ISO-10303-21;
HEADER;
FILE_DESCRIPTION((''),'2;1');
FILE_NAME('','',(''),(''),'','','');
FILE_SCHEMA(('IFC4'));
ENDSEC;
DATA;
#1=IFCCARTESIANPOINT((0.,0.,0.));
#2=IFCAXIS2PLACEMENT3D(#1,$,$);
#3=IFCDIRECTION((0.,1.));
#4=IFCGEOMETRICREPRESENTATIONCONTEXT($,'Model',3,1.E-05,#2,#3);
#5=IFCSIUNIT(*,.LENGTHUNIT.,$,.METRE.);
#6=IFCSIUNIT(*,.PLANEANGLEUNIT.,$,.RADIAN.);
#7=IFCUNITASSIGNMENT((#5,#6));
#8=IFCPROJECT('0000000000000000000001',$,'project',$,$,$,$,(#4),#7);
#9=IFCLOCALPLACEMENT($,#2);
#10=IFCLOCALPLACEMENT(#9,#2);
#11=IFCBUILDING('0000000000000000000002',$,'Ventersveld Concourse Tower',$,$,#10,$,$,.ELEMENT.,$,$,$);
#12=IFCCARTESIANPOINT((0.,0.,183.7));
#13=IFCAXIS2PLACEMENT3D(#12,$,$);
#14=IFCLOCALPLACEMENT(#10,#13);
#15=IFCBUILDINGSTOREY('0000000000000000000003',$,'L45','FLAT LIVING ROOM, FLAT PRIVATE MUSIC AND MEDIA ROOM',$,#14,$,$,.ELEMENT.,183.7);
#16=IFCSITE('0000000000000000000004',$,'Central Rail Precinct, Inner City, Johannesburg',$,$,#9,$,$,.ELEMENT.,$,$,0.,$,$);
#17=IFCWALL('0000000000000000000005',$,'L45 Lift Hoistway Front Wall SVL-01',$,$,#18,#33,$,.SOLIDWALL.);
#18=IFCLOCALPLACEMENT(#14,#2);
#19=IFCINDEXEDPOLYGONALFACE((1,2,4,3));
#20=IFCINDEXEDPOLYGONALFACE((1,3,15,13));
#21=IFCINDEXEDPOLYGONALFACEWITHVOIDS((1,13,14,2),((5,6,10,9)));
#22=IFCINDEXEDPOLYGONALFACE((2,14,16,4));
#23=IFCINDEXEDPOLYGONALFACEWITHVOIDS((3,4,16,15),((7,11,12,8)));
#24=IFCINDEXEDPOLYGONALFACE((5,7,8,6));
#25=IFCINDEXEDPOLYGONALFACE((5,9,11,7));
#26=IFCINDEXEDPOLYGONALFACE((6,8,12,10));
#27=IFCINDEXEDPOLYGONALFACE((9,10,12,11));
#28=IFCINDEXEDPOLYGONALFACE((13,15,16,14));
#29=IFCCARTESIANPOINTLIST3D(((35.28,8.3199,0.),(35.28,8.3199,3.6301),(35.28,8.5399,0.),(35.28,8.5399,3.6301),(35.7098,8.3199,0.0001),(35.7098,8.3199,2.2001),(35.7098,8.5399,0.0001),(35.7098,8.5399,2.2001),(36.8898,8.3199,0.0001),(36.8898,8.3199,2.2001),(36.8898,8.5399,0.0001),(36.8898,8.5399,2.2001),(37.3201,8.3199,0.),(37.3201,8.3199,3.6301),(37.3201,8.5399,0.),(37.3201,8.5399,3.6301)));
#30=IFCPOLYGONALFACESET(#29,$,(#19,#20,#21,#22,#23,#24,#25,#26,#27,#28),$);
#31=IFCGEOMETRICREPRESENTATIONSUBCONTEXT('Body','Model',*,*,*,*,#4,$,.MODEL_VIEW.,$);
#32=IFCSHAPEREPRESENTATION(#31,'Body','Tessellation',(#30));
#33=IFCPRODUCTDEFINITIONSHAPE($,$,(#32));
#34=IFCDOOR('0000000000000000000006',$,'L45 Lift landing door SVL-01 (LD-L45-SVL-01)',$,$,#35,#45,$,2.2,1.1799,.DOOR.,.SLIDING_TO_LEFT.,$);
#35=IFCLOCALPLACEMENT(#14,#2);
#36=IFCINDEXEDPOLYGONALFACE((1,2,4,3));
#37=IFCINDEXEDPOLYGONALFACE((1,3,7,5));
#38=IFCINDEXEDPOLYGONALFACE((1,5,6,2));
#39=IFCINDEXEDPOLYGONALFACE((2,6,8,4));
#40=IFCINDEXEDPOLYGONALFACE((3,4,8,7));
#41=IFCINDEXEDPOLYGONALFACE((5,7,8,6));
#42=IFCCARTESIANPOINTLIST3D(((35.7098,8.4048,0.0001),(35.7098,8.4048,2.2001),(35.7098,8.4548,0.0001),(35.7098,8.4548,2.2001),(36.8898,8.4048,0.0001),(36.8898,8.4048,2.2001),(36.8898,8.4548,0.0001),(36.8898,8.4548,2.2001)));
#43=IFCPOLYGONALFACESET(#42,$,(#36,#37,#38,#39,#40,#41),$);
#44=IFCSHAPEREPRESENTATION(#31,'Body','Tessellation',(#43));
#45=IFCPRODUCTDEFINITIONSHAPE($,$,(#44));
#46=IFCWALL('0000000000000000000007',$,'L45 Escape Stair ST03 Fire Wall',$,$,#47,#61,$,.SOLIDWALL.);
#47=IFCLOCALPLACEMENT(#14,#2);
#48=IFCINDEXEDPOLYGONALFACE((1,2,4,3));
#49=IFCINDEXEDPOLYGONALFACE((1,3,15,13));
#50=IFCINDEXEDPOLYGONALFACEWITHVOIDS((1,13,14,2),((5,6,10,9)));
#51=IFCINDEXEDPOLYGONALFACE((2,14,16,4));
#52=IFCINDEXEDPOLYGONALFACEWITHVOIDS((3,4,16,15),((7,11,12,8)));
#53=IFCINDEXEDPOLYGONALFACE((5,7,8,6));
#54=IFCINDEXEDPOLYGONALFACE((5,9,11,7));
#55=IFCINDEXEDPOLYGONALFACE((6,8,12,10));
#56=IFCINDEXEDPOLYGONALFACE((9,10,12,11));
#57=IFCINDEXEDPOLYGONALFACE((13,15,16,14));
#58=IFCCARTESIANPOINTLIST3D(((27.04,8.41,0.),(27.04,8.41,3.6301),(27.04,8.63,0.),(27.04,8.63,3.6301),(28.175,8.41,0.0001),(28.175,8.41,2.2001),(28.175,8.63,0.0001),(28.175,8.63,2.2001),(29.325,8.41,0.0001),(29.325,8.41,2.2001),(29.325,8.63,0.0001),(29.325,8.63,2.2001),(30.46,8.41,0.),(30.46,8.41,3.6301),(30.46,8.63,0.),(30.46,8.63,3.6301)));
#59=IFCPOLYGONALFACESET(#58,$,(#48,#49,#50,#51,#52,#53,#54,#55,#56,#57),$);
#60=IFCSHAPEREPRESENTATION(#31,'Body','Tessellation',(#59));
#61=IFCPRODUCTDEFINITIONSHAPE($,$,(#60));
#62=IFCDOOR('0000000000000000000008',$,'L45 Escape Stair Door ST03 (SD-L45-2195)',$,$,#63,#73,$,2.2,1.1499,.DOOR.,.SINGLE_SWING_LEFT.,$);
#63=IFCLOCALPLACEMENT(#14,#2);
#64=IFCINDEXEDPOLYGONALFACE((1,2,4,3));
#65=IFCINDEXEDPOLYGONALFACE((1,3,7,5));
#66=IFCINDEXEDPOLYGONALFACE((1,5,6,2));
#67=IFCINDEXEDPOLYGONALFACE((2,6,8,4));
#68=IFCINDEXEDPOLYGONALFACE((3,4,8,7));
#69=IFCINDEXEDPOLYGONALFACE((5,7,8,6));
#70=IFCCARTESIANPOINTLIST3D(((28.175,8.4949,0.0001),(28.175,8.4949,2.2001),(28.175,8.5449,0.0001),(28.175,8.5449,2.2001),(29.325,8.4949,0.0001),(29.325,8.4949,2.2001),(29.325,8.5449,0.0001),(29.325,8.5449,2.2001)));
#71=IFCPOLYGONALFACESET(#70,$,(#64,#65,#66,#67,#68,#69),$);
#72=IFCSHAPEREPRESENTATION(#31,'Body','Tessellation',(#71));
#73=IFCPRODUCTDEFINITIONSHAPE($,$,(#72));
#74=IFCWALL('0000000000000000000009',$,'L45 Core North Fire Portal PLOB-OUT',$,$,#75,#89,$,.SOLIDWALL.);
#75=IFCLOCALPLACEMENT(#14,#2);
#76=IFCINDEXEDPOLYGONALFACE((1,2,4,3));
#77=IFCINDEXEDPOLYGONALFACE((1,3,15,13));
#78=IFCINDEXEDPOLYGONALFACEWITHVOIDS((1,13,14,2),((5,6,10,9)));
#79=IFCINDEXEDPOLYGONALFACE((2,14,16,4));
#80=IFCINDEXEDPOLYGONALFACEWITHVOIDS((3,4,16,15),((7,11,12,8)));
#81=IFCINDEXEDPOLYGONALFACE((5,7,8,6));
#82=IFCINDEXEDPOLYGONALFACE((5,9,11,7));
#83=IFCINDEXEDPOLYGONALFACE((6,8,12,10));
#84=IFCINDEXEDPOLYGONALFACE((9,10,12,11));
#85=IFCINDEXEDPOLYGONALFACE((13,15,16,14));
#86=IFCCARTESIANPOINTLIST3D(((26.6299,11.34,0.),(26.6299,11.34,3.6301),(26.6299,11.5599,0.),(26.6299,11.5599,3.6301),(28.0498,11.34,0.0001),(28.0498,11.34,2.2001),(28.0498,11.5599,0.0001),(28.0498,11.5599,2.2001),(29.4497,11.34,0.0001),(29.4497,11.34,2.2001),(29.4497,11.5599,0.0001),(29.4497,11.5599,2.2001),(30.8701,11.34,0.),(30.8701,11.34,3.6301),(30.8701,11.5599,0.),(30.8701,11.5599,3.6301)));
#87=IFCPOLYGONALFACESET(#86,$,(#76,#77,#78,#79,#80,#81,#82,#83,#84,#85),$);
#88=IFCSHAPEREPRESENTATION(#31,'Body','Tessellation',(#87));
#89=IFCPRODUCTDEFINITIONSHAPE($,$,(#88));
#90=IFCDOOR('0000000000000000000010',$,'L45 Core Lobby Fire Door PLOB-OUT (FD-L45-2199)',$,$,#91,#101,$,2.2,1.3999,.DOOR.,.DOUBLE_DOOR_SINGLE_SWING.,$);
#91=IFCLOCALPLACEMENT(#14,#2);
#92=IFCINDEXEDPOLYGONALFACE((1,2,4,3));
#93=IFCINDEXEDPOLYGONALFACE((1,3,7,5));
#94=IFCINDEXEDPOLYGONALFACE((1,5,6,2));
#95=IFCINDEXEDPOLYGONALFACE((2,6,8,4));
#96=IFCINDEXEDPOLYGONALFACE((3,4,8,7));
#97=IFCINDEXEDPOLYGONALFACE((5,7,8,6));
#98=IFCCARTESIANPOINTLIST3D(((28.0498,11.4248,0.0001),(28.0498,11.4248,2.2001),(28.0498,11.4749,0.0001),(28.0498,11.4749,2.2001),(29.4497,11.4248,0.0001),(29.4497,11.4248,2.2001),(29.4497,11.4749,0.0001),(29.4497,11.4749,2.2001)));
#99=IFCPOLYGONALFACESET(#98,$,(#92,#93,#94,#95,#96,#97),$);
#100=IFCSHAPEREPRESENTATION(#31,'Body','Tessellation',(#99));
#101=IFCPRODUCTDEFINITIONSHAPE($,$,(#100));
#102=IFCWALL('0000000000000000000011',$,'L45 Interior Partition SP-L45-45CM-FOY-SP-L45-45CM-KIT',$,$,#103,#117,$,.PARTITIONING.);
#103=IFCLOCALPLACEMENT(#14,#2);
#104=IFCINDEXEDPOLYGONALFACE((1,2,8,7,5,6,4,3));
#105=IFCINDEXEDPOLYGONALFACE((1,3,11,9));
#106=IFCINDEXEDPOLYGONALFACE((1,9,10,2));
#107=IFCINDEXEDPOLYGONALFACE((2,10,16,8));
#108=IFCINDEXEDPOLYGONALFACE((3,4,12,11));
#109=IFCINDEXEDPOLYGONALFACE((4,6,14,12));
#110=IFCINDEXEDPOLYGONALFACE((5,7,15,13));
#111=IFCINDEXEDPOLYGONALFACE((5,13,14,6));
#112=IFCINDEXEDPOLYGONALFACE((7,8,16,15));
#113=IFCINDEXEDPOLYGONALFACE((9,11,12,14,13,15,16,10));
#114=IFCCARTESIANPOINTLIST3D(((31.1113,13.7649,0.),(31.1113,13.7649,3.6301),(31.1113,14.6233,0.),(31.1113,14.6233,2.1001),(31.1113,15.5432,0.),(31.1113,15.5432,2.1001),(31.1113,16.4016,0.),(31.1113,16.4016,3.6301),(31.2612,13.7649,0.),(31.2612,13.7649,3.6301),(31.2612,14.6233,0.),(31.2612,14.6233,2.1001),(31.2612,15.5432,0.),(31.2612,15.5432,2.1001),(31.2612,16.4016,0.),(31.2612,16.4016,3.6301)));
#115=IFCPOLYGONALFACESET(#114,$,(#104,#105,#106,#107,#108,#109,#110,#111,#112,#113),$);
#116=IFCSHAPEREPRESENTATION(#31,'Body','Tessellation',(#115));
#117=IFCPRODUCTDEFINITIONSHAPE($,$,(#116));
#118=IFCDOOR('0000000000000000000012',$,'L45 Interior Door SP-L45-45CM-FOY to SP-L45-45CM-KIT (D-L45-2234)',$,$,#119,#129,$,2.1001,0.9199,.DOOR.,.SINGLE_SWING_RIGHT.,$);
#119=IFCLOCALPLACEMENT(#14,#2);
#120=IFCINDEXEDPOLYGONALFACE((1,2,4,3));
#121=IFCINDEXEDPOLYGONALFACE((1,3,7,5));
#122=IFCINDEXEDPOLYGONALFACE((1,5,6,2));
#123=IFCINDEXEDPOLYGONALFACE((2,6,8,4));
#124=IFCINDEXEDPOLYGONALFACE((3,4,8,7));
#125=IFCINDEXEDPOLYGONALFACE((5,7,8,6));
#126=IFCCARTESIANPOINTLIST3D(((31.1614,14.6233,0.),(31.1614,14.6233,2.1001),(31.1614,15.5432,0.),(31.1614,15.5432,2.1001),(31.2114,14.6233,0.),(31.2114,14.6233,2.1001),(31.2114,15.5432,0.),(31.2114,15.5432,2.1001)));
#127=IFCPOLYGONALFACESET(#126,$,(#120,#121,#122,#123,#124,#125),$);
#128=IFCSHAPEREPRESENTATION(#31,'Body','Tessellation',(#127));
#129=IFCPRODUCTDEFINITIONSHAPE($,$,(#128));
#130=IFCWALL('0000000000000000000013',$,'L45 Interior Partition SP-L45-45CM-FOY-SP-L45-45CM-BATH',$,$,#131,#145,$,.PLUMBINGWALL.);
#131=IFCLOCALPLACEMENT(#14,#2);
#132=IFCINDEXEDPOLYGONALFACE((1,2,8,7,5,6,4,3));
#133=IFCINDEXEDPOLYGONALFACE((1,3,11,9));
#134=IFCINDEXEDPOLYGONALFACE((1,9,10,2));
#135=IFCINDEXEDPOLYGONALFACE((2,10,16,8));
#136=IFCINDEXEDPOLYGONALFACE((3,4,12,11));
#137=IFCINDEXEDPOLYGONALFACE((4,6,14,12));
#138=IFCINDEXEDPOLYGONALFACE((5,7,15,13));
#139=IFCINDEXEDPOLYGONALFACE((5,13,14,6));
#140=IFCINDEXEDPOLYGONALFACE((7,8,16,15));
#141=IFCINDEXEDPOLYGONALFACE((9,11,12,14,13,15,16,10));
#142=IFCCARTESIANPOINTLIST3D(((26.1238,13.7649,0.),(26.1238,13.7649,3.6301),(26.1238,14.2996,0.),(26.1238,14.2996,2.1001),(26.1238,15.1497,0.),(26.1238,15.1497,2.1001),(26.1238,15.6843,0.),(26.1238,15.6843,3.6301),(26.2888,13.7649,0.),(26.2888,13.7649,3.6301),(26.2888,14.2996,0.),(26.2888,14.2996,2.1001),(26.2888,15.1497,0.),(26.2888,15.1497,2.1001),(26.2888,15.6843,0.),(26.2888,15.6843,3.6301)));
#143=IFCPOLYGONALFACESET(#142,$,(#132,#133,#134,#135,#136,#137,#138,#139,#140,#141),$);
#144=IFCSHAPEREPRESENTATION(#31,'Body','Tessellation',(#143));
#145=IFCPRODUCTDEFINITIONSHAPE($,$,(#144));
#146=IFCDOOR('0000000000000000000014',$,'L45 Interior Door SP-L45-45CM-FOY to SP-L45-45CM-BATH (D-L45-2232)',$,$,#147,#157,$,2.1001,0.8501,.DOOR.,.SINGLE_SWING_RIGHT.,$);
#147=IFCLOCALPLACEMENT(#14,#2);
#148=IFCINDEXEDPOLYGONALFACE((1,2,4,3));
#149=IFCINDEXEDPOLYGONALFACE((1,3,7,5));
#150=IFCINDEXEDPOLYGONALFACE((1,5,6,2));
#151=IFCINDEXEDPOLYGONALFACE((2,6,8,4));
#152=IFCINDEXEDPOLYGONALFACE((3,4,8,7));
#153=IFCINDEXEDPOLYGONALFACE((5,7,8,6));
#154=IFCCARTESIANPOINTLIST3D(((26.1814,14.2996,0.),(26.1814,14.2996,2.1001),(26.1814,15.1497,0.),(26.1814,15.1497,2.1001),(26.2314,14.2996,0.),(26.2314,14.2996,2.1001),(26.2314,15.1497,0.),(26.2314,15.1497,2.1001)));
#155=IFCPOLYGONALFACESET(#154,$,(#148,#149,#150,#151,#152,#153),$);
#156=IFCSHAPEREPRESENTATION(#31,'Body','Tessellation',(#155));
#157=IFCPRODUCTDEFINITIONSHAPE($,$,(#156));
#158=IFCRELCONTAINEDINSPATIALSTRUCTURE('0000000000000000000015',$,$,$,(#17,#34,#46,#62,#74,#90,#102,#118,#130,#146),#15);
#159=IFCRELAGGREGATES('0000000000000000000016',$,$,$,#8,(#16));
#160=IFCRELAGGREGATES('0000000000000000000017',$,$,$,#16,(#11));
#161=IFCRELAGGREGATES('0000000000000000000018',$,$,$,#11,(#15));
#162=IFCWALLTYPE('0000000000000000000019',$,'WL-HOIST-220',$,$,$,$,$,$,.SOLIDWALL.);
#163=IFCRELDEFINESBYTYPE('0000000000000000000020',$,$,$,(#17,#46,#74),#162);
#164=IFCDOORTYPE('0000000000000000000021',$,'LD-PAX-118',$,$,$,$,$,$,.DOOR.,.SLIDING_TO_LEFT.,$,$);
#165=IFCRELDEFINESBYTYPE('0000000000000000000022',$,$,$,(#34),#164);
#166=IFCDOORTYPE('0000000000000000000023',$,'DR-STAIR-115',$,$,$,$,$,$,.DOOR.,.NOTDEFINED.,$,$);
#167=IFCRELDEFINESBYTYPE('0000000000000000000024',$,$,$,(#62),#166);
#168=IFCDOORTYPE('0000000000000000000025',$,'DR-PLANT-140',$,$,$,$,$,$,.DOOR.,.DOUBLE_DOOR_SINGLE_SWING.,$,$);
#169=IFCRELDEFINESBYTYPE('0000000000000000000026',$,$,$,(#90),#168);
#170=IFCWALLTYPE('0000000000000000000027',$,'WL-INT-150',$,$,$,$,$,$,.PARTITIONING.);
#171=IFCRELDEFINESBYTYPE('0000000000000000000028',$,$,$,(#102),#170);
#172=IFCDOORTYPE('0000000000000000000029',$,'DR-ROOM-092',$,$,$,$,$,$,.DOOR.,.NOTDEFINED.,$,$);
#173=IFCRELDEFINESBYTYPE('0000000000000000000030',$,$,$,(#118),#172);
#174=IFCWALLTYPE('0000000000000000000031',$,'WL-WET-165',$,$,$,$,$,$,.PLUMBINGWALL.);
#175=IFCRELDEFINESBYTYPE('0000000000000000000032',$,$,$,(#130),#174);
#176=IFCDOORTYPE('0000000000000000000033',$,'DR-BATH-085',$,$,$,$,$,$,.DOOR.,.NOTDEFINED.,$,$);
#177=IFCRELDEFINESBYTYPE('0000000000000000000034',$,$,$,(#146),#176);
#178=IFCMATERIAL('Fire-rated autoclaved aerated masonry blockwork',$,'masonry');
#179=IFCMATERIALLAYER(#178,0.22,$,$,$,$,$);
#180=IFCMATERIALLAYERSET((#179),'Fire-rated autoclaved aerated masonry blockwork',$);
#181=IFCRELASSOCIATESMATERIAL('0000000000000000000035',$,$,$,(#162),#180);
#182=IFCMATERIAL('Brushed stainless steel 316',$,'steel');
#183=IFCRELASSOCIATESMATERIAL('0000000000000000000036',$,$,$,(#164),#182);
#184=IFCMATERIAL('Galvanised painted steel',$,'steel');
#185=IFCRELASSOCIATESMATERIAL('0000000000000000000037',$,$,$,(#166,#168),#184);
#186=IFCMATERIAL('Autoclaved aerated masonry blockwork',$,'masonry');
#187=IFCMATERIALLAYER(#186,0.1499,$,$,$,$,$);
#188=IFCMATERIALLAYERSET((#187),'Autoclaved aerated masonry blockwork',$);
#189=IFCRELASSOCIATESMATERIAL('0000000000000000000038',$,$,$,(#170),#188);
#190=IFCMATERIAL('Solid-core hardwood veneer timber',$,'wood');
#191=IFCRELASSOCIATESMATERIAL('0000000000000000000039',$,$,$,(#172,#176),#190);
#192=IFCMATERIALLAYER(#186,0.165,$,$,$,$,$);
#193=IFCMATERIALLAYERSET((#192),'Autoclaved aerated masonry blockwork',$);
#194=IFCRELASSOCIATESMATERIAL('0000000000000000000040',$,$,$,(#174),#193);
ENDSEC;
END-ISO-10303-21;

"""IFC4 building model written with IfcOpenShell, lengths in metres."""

from ifc_helpers import new_model, si_unit, direction, frame, frame_2d, origin, place, context, subcontext, project, spatial, rectangle, extrude, material, layer, layer_set, type_object, element, fill, save


model = new_model("IFC4")

# Units and contexts
model_context = context("Model", 3, precision=1e-05, world=origin(), true_north=direction((0.0, 1.0)))
body_context = subcontext(model_context, "Body", "Model", "MODEL_VIEW")
ifc_project = project(units=[si_unit("LENGTHUNIT", "METRE"), si_unit("PLANEANGLEUNIT", "RADIAN")], contexts=[model_context])

# Site, building, storey
site_placement = place(None, origin())
site = spatial("IfcSite", under=ifc_project, at=site_placement, Name="Central Rail Precinct, Inner City, Johannesburg", CompositionType="ELEMENT", RefElevation=0.0)
building_placement = place(site_placement, origin())
building = spatial("IfcBuilding", under=site, at=building_placement, Name="Ventersveld Concourse Tower", CompositionType="ELEMENT")
storey_placement = place(building_placement, frame((0.0, 0.0, 183.7)))
storey = spatial("IfcBuildingStorey", under=building, at=storey_placement, Name="L45", Description="FLAT LIVING ROOM, FLAT PRIVATE MUSIC AND MEDIA ROOM", CompositionType="ELEMENT", Elevation=183.7)

# Shared definitions
ifc_material_1 = material(Name="Fire-rated autoclaved aerated masonry blockwork", Category="masonry")
ifc_layer_1 = layer(ifc_material_1, 0.22)
ifc_layer_set_1 = layer_set([ifc_layer_1], Name="Fire-rated autoclaved aerated masonry blockwork")
wall_type_1 = type_object("IfcWallType", Name="WL-HOIST-220", PredefinedType="SOLIDWALL", material=ifc_layer_set_1)

# Walls, openings, doors
wall_1_placement = place(storey_placement, frame((35.28, 8.4299, 0.0), z_axis=(0.0, 0.0, 1.0), x_axis=(1.0, 0.0, 0.0)))
wall_1 = element("IfcWall", 1, at=wall_1_placement, inside=storey, type_object=wall_type_1, Name="L45 Lift Hoistway Front Wall SVL-01", PredefinedType="SOLIDWALL", context=body_context, shape_type="SweptSolid", body=[
    extrude(rectangle(XDim=2.04, YDim=0.22, at=frame_2d((1.02, 0.0))), origin(), (0.0, 0.0, 1.0), 3.6301),
])
opening_1_placement = place(wall_1_placement, frame((0.4299, 0.0, 0.0)))
opening_1 = element("IfcOpeningElement", 2, at=opening_1_placement, cuts=wall_1, PredefinedType="OPENING", context=body_context, shape_type="SweptSolid", body=[
    extrude(rectangle(XDim=1.1799, YDim=2.2, at=frame_2d((0.5898, 1.1001))), frame((0.0, 0.1201, 0.0), z_axis=(0.0, -1.0, 0.0), x_axis=(1.0, 0.0, 0.0)), (0.0, 0.0, 1.0), 0.24),
])
ifc_material_2 = material(Name="Brushed stainless steel 316", Category="steel")
door_type_1 = type_object("IfcDoorType", Name="LD-PAX-118", OperationType="SLIDING_TO_LEFT", PredefinedType="DOOR", material=ifc_material_2)
door_1_placement = place(opening_1_placement, origin())
door_1 = element("IfcDoor", 3, at=door_1_placement, inside=storey, type_object=door_type_1, Name="L45 Lift landing door SVL-01 (LD-L45-SVL-01)", OperationType="SLIDING_TO_LEFT", OverallHeight=2.2, OverallWidth=1.1799, PredefinedType="DOOR", context=body_context, shape_type="SweptSolid", body=[
    extrude(rectangle(XDim=1.1799, YDim=2.2, at=frame_2d((0.5898, 1.1001))), frame((0.0, 0.0249, 0.0), z_axis=(0.0, -1.0, 0.0), x_axis=(1.0, 0.0, 0.0)), (0.0, 0.0, 1.0), 0.05),
])
fill(opening_1, door_1)
wall_2_placement = place(storey_placement, frame((27.04, 8.52, 0.0), z_axis=(0.0, 0.0, 1.0), x_axis=(1.0, 0.0, 0.0)))
wall_2 = element("IfcWall", 4, at=wall_2_placement, inside=storey, type_object=wall_type_1, Name="L45 Escape Stair ST03 Fire Wall", PredefinedType="SOLIDWALL", context=body_context, shape_type="SweptSolid", body=[
    extrude(rectangle(XDim=3.4199, YDim=0.22, at=frame_2d((1.71, 0.0))), origin(), (0.0, 0.0, 1.0), 3.6301),
])
opening_2_placement = place(wall_2_placement, frame((1.135, 0.0, 0.0)))
opening_2 = element("IfcOpeningElement", 5, at=opening_2_placement, cuts=wall_2, PredefinedType="OPENING", context=body_context, shape_type="SweptSolid", body=[
    extrude(rectangle(XDim=1.1499, YDim=2.2, at=frame_2d((0.575, 1.1001))), frame((0.0, 0.1201, 0.0), z_axis=(0.0, -1.0, 0.0), x_axis=(1.0, 0.0, 0.0)), (0.0, 0.0, 1.0), 0.24),
])
ifc_material_3 = material(Name="Galvanised painted steel", Category="steel")
door_type_2 = type_object("IfcDoorType", Name="DR-STAIR-115", OperationType="NOTDEFINED", PredefinedType="DOOR", material=ifc_material_3)
door_2_placement = place(opening_2_placement, origin())
door_2 = element("IfcDoor", 6, at=door_2_placement, inside=storey, type_object=door_type_2, Name="L45 Escape Stair Door ST03 (SD-L45-2195)", OperationType="SINGLE_SWING_LEFT", OverallHeight=2.2, OverallWidth=1.1499, PredefinedType="DOOR", context=body_context, shape_type="SweptSolid", body=[
    extrude(rectangle(XDim=1.1499, YDim=2.2, at=frame_2d((0.575, 1.1001))), frame((0.0, 0.0249, 0.0), z_axis=(0.0, -1.0, 0.0), x_axis=(1.0, 0.0, 0.0)), (0.0, 0.0, 1.0), 0.05),
])
fill(opening_2, door_2)
wall_3_placement = place(storey_placement, frame((26.6299, 11.45, 0.0), z_axis=(0.0, 0.0, 1.0), x_axis=(1.0, 0.0, 0.0)))
wall_3 = element("IfcWall", 7, at=wall_3_placement, inside=storey, type_object=wall_type_1, Name="L45 Core North Fire Portal PLOB-OUT", PredefinedType="SOLIDWALL", context=body_context, shape_type="SweptSolid", body=[
    extrude(rectangle(XDim=4.2402, YDim=0.22, at=frame_2d((2.1201, 0.0))), origin(), (0.0, 0.0, 1.0), 3.6301),
])
opening_3_placement = place(wall_3_placement, frame((1.4199, 0.0, 0.0)))
opening_3 = element("IfcOpeningElement", 8, at=opening_3_placement, cuts=wall_3, PredefinedType="OPENING", context=body_context, shape_type="SweptSolid", body=[
    extrude(rectangle(XDim=1.3999, YDim=2.2, at=frame_2d((0.7, 1.1001))), frame((0.0, 0.1201, 0.0), z_axis=(0.0, -1.0, 0.0), x_axis=(1.0, 0.0, 0.0)), (0.0, 0.0, 1.0), 0.24),
])
door_type_3 = type_object("IfcDoorType", Name="DR-PLANT-140", OperationType="DOUBLE_DOOR_SINGLE_SWING", PredefinedType="DOOR", material=ifc_material_3)
door_3_placement = place(opening_3_placement, origin())
door_3 = element("IfcDoor", 9, at=door_3_placement, inside=storey, type_object=door_type_3, Name="L45 Core Lobby Fire Door PLOB-OUT (FD-L45-2199)", OperationType="DOUBLE_DOOR_SINGLE_SWING", OverallHeight=2.2, OverallWidth=1.3999, PredefinedType="DOOR", context=body_context, shape_type="SweptSolid", body=[
    extrude(rectangle(XDim=1.3999, YDim=2.2, at=frame_2d((0.7, 1.1001))), frame((0.0, 0.0249, 0.0), z_axis=(0.0, -1.0, 0.0), x_axis=(1.0, 0.0, 0.0)), (0.0, 0.0, 1.0), 0.05),
])
fill(opening_3, door_3)
ifc_material_4 = material(Name="Autoclaved aerated masonry blockwork", Category="masonry")
ifc_layer_2 = layer(ifc_material_4, 0.1499)
ifc_layer_set_2 = layer_set([ifc_layer_2], Name="Autoclaved aerated masonry blockwork")
wall_type_2 = type_object("IfcWallType", Name="WL-INT-150", PredefinedType="PARTITIONING", material=ifc_layer_set_2)
wall_4_placement = place(storey_placement, frame((31.1863, 13.7649, 0.0), z_axis=(0.0, 0.0, 1.0), x_axis=(0.0, 1.0, 0.0)))
wall_4 = element("IfcWall", 10, at=wall_4_placement, inside=storey, type_object=wall_type_2, Name="L45 Interior Partition SP-L45-45CM-FOY-SP-L45-45CM-KIT", PredefinedType="PARTITIONING", context=body_context, shape_type="SweptSolid", body=[
    extrude(rectangle(XDim=2.6367, YDim=0.1499, at=frame_2d((1.3184, 0.0))), origin(), (0.0, 0.0, 1.0), 3.6301),
])
opening_4_placement = place(wall_4_placement, frame((0.8584, 0.0, 0.0)))
opening_4 = element("IfcOpeningElement", 11, at=opening_4_placement, cuts=wall_4, PredefinedType="OPENING", context=body_context, shape_type="SweptSolid", body=[
    extrude(rectangle(XDim=0.9199, YDim=2.1001, at=frame_2d((0.46, 1.05))), frame((0.0, 0.085, 0.0), z_axis=(0.0, -1.0, 0.0), x_axis=(1.0, 0.0, 0.0)), (0.0, 0.0, 1.0), 0.1699),
])
ifc_material_5 = material(Name="Solid-core hardwood veneer timber", Category="wood")
door_type_4 = type_object("IfcDoorType", Name="DR-ROOM-092", OperationType="NOTDEFINED", PredefinedType="DOOR", material=ifc_material_5)
door_4_placement = place(opening_4_placement, origin())
door_4 = element("IfcDoor", 12, at=door_4_placement, inside=storey, type_object=door_type_4, Name="L45 Interior Door SP-L45-45CM-FOY to SP-L45-45CM-KIT (D-L45-2234)", OperationType="SINGLE_SWING_RIGHT", OverallHeight=2.1001, OverallWidth=0.9199, PredefinedType="DOOR", context=body_context, shape_type="SweptSolid", body=[
    extrude(rectangle(XDim=0.9199, YDim=2.1001, at=frame_2d((0.46, 1.05))), frame((0.0, 0.0249, 0.0), z_axis=(0.0, -1.0, 0.0), x_axis=(1.0, 0.0, 0.0)), (0.0, 0.0, 1.0), 0.05),
])
fill(opening_4, door_4)
ifc_layer_3 = layer(ifc_material_4, 0.165)
ifc_layer_set_3 = layer_set([ifc_layer_3], Name="Autoclaved aerated masonry blockwork")
wall_type_3 = type_object("IfcWallType", Name="WL-WET-165", PredefinedType="PLUMBINGWALL", material=ifc_layer_set_3)
wall_5_placement = place(storey_placement, frame((26.2063, 13.7649, 0.0), z_axis=(0.0, 0.0, 1.0), x_axis=(0.0, 1.0, 0.0)))
wall_5 = element("IfcWall", 13, at=wall_5_placement, inside=storey, type_object=wall_type_3, Name="L45 Interior Partition SP-L45-45CM-FOY-SP-L45-45CM-BATH", PredefinedType="PLUMBINGWALL", context=body_context, shape_type="SweptSolid", body=[
    extrude(rectangle(XDim=1.9194, YDim=0.165, at=frame_2d((0.9597, 0.0))), origin(), (0.0, 0.0, 1.0), 3.6301),
])
opening_5_placement = place(wall_5_placement, frame((0.5347, 0.0, 0.0)))
opening_5 = element("IfcOpeningElement", 14, at=opening_5_placement, cuts=wall_5, PredefinedType="OPENING", context=body_context, shape_type="SweptSolid", body=[
    extrude(rectangle(XDim=0.8501, YDim=2.1001, at=frame_2d((0.425, 1.05))), frame((0.0, 0.0925, 0.0), z_axis=(0.0, -1.0, 0.0), x_axis=(1.0, 0.0, 0.0)), (0.0, 0.0, 1.0), 0.1851),
])
door_type_5 = type_object("IfcDoorType", Name="DR-BATH-085", OperationType="NOTDEFINED", PredefinedType="DOOR", material=ifc_material_5)
door_5_placement = place(opening_5_placement, origin())
door_5 = element("IfcDoor", 15, at=door_5_placement, inside=storey, type_object=door_type_5, Name="L45 Interior Door SP-L45-45CM-FOY to SP-L45-45CM-BATH (D-L45-2232)", OperationType="SINGLE_SWING_RIGHT", OverallHeight=2.1001, OverallWidth=0.8501, PredefinedType="DOOR", context=body_context, shape_type="SweptSolid", body=[
    extrude(rectangle(XDim=0.8501, YDim=2.1001, at=frame_2d((0.425, 1.05))), frame((0.0, 0.0249, 0.0), z_axis=(0.0, -1.0, 0.0), x_axis=(1.0, 0.0, 0.0)), (0.0, 0.0, 1.0), 0.05),
])
fill(opening_5, door_5)

save(model, "model.ifc")
